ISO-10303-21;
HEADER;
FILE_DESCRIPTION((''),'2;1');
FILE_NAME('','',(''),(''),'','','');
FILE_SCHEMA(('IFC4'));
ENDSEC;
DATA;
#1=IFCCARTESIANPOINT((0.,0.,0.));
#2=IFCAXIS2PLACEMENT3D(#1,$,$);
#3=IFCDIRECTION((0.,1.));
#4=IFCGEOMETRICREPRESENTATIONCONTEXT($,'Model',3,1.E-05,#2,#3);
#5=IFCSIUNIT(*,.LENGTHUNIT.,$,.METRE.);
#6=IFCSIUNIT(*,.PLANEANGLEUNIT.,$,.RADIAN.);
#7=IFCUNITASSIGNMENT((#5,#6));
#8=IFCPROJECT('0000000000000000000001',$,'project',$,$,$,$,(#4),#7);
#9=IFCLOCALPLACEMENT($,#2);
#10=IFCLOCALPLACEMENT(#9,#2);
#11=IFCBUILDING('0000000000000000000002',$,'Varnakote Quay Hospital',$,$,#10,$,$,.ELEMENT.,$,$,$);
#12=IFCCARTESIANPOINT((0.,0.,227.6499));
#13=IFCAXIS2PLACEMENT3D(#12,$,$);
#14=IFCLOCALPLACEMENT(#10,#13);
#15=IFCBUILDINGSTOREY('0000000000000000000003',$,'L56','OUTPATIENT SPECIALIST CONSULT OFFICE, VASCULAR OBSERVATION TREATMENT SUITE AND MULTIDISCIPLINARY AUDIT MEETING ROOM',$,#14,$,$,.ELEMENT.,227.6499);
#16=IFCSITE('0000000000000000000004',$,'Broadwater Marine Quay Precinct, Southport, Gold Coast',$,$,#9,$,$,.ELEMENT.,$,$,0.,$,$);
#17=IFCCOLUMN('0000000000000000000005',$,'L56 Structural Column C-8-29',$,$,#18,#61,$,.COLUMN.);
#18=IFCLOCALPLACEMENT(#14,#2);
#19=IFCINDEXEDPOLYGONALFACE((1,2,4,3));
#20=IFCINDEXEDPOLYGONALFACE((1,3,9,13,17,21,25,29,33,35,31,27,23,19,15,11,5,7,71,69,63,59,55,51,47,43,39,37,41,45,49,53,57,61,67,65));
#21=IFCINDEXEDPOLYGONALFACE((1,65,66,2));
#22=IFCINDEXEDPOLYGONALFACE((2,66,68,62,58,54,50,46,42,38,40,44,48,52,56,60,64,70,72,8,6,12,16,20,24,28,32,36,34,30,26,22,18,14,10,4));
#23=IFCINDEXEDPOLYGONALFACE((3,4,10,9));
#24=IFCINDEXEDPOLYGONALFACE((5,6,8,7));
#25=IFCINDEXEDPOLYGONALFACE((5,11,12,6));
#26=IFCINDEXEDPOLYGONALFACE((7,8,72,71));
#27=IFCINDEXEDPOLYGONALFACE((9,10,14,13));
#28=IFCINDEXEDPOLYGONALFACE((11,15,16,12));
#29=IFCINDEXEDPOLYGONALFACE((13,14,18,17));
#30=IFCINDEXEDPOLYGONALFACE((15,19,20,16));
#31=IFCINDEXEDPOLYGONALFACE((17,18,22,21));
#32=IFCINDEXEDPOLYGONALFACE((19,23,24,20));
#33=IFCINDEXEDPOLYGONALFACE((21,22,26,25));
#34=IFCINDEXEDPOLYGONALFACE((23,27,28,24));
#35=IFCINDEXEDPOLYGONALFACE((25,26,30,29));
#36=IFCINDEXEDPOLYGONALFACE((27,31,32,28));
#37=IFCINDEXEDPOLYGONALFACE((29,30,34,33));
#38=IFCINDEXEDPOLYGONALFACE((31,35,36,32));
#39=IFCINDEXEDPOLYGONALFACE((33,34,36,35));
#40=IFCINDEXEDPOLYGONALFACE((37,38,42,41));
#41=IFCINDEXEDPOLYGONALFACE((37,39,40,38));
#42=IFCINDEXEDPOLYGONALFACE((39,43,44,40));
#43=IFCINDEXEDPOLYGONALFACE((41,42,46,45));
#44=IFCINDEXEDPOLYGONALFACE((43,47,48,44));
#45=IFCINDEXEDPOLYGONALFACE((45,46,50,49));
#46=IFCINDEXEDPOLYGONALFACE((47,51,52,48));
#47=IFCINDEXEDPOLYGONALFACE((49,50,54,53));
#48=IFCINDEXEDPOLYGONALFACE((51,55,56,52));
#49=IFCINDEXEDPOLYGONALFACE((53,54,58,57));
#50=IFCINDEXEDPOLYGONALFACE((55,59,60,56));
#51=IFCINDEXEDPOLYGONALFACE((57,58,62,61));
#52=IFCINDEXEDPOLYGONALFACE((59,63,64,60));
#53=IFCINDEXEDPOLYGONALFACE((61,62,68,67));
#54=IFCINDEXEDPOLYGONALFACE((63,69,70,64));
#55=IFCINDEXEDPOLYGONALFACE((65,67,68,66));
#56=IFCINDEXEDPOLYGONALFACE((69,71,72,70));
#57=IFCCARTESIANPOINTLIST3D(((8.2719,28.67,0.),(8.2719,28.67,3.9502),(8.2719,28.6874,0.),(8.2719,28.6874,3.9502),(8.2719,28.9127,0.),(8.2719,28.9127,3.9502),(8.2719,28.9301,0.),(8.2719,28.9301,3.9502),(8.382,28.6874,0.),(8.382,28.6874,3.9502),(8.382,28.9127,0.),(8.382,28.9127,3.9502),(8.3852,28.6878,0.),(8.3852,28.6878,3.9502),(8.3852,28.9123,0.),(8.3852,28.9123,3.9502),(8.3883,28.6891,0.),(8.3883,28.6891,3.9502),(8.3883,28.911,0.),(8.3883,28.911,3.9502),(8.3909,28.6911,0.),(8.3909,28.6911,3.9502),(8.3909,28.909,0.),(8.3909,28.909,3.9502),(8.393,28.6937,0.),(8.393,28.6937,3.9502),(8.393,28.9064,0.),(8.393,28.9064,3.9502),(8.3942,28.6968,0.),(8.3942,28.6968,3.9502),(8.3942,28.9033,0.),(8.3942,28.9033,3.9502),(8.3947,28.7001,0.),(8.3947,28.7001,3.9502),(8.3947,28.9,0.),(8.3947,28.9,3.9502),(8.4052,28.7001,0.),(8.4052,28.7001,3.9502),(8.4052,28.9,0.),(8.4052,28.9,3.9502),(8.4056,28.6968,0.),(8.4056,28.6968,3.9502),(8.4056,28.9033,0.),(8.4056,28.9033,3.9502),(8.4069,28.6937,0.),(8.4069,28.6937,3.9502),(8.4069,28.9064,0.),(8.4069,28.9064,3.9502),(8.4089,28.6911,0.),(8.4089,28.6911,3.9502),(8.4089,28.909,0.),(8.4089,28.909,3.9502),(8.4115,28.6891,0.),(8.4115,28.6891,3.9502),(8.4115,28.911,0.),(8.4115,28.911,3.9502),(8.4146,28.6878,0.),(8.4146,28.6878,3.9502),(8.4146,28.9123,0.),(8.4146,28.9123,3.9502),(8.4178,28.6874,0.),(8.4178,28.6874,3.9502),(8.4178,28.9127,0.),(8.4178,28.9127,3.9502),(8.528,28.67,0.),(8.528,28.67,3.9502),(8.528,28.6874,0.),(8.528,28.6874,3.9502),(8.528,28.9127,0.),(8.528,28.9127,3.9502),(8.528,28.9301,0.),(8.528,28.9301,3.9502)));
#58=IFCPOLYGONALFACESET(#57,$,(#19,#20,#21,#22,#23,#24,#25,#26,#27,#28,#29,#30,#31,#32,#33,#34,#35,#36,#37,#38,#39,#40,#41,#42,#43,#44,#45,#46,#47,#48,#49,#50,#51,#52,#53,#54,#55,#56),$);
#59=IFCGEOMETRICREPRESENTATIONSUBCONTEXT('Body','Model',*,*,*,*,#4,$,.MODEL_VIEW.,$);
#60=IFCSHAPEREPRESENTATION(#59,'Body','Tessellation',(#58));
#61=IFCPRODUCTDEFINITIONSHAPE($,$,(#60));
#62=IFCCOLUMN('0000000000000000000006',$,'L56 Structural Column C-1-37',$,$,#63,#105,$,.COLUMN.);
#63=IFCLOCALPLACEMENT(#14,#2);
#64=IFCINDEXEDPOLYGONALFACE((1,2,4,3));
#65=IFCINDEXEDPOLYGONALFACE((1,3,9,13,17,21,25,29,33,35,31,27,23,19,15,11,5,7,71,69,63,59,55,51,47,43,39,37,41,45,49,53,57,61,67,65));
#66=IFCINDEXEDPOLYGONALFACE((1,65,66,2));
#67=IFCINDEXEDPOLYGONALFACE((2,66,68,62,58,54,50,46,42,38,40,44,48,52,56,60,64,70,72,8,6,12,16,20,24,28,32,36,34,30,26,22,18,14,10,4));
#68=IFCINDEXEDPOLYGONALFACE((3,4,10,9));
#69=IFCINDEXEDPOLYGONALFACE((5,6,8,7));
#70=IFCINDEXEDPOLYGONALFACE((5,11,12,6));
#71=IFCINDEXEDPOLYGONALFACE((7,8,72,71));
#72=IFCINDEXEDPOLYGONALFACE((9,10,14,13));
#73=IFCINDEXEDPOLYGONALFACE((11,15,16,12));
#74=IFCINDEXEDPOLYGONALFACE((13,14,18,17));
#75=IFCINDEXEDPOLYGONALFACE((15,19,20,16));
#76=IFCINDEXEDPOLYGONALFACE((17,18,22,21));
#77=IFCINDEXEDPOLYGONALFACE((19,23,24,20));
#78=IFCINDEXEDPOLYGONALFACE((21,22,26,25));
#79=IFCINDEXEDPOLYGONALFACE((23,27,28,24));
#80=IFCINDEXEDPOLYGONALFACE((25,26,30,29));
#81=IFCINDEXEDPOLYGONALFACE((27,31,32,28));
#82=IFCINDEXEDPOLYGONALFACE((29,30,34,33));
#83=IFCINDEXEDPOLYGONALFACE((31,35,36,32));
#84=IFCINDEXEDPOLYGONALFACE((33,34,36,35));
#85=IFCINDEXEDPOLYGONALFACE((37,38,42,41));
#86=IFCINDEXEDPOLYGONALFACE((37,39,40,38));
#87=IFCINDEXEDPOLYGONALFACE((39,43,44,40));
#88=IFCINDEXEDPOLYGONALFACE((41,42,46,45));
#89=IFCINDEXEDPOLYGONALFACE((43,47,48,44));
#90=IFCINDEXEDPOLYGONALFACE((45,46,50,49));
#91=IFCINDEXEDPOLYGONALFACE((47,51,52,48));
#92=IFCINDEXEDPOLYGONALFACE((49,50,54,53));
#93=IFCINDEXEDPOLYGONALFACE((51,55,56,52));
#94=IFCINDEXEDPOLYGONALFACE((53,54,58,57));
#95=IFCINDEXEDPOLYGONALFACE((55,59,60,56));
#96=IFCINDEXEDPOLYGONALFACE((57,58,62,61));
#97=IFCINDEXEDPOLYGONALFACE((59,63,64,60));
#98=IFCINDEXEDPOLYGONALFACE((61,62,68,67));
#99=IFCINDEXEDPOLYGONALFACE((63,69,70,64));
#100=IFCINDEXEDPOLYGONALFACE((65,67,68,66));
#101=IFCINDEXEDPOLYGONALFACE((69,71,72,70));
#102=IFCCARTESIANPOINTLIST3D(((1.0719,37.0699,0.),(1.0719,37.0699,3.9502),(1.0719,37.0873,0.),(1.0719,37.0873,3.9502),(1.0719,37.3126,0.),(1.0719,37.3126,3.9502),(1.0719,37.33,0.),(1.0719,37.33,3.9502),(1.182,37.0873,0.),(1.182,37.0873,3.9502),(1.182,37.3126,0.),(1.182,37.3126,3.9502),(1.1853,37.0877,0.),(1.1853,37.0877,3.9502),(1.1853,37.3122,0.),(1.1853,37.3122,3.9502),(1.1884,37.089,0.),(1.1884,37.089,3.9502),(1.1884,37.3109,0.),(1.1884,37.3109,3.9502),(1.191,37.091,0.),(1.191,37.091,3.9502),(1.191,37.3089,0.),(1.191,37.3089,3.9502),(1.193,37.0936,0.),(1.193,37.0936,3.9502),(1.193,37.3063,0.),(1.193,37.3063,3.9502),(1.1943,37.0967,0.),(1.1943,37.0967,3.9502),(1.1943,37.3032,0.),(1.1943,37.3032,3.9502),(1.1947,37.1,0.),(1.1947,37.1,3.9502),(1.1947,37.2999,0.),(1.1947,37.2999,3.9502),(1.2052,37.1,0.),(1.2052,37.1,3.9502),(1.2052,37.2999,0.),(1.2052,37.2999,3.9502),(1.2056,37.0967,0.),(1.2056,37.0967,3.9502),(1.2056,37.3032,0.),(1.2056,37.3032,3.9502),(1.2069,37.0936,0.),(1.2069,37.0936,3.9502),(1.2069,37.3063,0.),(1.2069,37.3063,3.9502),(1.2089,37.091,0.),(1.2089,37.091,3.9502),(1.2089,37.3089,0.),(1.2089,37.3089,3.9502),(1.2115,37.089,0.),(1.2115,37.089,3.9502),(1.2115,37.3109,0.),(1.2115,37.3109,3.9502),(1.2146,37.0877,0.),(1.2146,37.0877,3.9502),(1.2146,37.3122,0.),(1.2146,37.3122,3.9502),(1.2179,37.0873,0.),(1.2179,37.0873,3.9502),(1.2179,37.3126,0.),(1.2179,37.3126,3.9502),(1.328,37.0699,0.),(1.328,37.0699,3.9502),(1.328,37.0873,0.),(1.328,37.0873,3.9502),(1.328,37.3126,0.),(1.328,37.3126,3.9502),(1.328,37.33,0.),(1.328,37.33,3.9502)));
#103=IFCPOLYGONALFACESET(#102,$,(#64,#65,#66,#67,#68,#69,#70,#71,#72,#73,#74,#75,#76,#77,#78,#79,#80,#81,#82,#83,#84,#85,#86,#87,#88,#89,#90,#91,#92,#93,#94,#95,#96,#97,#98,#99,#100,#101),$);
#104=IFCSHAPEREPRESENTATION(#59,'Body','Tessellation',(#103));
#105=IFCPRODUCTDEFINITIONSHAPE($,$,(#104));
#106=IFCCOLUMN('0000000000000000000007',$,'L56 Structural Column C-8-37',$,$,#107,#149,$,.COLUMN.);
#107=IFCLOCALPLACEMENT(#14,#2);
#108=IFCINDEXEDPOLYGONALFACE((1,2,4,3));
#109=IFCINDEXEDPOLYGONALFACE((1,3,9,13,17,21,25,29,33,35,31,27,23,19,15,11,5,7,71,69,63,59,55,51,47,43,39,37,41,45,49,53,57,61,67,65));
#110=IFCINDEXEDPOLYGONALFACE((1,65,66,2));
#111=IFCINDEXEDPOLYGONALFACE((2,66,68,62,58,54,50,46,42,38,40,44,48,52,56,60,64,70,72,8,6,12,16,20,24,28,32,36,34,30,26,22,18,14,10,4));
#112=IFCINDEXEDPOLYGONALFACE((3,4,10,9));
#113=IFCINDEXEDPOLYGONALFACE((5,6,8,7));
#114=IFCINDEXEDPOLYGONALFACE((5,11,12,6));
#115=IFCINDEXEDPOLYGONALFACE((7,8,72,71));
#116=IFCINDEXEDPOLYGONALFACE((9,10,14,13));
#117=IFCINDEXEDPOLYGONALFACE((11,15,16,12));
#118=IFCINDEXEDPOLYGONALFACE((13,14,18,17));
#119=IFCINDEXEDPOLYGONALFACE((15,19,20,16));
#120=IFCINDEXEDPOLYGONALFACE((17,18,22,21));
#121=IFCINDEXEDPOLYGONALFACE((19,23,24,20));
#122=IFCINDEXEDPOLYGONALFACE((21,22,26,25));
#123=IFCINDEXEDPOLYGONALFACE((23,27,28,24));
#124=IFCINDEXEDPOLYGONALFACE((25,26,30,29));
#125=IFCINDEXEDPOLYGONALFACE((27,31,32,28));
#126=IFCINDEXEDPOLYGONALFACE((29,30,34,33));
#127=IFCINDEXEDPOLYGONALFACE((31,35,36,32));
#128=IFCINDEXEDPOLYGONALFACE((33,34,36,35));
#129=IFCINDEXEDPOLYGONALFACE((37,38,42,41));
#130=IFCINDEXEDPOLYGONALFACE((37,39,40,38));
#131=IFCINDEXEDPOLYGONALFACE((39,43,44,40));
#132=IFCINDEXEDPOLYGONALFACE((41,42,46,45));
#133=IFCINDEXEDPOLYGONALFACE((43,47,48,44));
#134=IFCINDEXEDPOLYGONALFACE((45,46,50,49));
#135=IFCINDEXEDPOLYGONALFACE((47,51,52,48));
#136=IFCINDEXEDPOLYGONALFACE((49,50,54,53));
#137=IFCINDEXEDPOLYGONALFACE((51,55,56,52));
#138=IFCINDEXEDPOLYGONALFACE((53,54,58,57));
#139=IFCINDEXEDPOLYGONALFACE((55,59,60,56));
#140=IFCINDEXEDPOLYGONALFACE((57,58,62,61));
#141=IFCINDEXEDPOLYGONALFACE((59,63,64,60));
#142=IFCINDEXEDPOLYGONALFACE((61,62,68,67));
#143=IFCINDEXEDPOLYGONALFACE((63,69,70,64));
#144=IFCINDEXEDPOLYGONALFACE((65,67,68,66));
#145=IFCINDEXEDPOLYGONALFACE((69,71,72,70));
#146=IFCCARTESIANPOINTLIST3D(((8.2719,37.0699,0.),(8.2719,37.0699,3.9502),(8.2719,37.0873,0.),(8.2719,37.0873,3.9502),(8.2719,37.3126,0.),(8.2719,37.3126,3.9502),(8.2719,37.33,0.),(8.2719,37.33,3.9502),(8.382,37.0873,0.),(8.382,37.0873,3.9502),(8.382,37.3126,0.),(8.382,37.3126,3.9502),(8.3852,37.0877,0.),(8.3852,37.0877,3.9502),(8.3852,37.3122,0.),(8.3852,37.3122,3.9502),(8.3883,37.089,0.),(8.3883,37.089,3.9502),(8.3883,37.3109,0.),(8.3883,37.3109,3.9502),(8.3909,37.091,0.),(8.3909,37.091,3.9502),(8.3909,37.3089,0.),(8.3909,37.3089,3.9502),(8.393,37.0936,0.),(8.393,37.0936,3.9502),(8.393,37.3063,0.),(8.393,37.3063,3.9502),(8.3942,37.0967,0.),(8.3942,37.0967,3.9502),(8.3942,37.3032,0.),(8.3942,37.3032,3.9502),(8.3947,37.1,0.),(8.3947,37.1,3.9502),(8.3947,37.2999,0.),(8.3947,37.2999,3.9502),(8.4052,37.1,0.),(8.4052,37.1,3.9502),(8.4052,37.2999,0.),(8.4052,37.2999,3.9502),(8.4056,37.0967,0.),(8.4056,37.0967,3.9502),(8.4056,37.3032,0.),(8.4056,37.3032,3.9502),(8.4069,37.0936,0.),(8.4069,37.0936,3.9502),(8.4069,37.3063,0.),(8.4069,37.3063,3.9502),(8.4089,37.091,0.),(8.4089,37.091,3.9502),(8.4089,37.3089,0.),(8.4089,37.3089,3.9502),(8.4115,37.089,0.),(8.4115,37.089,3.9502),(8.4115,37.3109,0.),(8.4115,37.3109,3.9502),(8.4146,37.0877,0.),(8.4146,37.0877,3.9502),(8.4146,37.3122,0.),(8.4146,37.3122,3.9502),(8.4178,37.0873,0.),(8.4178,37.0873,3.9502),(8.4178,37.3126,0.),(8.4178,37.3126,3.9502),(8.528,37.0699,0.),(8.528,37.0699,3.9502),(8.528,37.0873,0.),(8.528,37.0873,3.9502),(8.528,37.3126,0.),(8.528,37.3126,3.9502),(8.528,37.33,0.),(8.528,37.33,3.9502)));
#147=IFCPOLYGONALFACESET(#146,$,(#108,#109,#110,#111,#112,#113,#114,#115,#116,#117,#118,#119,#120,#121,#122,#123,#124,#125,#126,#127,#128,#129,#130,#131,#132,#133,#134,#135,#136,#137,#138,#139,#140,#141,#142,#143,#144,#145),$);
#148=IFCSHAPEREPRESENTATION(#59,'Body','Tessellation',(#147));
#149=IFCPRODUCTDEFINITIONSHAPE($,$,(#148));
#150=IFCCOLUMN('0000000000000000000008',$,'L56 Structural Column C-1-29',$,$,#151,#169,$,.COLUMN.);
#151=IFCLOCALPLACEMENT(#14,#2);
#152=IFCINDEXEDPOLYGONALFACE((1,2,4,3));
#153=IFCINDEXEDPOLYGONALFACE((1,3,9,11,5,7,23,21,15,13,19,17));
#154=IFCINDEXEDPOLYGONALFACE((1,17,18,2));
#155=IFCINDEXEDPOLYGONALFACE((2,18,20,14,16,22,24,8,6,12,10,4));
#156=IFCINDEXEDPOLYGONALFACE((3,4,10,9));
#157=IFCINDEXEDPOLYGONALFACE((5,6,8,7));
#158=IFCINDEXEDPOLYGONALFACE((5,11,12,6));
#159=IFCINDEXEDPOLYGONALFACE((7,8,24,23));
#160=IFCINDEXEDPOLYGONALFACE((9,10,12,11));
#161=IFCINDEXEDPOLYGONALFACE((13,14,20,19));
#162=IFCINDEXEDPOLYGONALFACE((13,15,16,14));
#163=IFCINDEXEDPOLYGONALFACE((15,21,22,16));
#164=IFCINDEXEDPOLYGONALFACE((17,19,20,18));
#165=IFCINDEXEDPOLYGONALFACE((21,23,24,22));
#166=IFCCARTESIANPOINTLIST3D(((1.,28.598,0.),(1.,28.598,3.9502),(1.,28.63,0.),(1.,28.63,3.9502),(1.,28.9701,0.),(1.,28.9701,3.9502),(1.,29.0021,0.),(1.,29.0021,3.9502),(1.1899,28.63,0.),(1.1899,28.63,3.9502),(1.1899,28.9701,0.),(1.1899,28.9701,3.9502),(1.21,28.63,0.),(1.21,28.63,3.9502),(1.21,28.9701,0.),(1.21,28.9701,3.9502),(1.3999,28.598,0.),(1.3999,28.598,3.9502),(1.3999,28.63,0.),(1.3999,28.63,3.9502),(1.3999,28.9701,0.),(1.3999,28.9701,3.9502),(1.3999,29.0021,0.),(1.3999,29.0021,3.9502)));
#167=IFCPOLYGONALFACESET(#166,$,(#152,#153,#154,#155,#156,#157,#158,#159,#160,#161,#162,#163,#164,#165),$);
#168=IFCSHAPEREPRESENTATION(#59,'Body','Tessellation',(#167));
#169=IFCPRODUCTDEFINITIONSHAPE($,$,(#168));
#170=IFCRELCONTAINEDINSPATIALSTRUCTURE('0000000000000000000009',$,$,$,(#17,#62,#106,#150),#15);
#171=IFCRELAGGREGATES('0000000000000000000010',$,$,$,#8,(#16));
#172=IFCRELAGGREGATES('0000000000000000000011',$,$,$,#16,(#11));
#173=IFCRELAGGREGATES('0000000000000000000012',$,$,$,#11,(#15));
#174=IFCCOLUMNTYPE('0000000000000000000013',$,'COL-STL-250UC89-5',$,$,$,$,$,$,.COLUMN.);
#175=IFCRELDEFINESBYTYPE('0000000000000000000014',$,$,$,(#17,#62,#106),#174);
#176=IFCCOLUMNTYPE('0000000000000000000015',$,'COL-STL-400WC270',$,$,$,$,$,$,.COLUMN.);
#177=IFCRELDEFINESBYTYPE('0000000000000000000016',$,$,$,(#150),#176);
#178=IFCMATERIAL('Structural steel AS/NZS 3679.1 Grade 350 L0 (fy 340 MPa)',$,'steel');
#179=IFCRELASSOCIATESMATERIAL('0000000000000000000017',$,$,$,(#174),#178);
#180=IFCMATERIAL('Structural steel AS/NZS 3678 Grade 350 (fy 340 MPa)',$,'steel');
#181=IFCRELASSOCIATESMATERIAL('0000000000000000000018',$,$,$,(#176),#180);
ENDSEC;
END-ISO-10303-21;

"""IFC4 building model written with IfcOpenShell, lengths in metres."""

from ifc_helpers import new_model, si_unit, direction, frame, origin, origin_2d, place, context, subcontext, project, spatial, i_section, extrude, material, material_profile, profile_set, type_object, element, save


model = new_model("IFC4")

# Units and contexts
model_context = context("Model", 3, precision=1e-05, world=origin(), true_north=direction((0.0, 1.0)))
body_context = subcontext(model_context, "Body", "Model", "MODEL_VIEW")
ifc_project = project(units=[si_unit("LENGTHUNIT", "METRE"), si_unit("PLANEANGLEUNIT", "RADIAN")], contexts=[model_context])

# Site, building, storey
site_placement = place(None, origin())
site = spatial("IfcSite", under=ifc_project, at=site_placement, Name="Broadwater Marine Quay Precinct, Southport, Gold Coast", CompositionType="ELEMENT", RefElevation=0.0)
building_placement = place(site_placement, origin())
building = spatial("IfcBuilding", under=site, at=building_placement, Name="Varnakote Quay Hospital", CompositionType="ELEMENT")
storey_placement = place(building_placement, frame((0.0, 0.0, 227.6499)))
storey = spatial("IfcBuildingStorey", under=building, at=storey_placement, Name="L56", Description="OUTPATIENT SPECIALIST CONSULT OFFICE, VASCULAR OBSERVATION TREATMENT SUITE AND MULTIDISCIPLINARY AUDIT MEETING ROOM", CompositionType="ELEMENT", Elevation=227.6499)

# Columns
ifc_material_1 = material(Name="Structural steel AS/NZS 3679.1 Grade 350 L0 (fy 340 MPa)", Category="steel")
ifc_material_profile_1 = material_profile(ifc_material_1, i_section(OverallWidth=0.2561, OverallDepth=0.26, WebThickness=0.0105, FlangeThickness=0.0173, FilletRadius=0.0127, at=origin_2d()), Name="250UC89.5")
ifc_profile_set_1 = profile_set([ifc_material_profile_1], Name="Structural steel AS/NZS 3679.1 Grade 350 L0 (fy 340 MPa)")
column_type_1 = type_object("IfcColumnType", Name="COL-STL-250UC89-5", PredefinedType="COLUMN", material=ifc_profile_set_1)
for number, where, z_axis, x_axis, name in (
    (1, (8.3999, 28.8, 0.0), (0.0, 0.0, 1.0), (1.0, 0.0, 0.0), "L56 Structural Column C-8-29"),
    (2, (1.2, 37.2, 0.0), (0.0, 0.0, 1.0), (1.0, 0.0, 0.0), "L56 Structural Column C-1-37"),
    (3, (8.3999, 37.2, 0.0), (0.0, 0.0, 1.0), (1.0, 0.0, 0.0), "L56 Structural Column C-8-37"),
):
    element("IfcColumn", number, at=place(storey_placement, frame(where, z_axis=z_axis, x_axis=x_axis)), inside=storey, type_object=column_type_1, Name=name, PredefinedType="COLUMN", context=body_context, shape_type="SweptSolid", body=[
        extrude(i_section(OverallWidth=0.2561, OverallDepth=0.26, WebThickness=0.0105, FlangeThickness=0.0173, FilletRadius=0.0127, at=origin_2d()), origin(), (0.0, 0.0, 1.0), 3.9502),
    ])
ifc_material_2 = material(Name="Structural steel AS/NZS 3678 Grade 350 (fy 340 MPa)", Category="steel")
ifc_material_profile_2 = material_profile(ifc_material_2, i_section(OverallWidth=0.3999, OverallDepth=0.4041, WebThickness=0.02, FlangeThickness=0.032, at=origin_2d()), Name="400WC270")
ifc_profile_set_2 = profile_set([ifc_material_profile_2], Name="Structural steel AS/NZS 3678 Grade 350 (fy 340 MPa)")
column_type_2 = type_object("IfcColumnType", Name="COL-STL-400WC270", PredefinedType="COLUMN", material=ifc_profile_set_2)
column_placement = place(storey_placement, frame((1.2, 28.8, 0.0), z_axis=(0.0, 0.0, 1.0), x_axis=(1.0, 0.0, 0.0)))
element("IfcColumn", 4, at=column_placement, inside=storey, type_object=column_type_2, Name="L56 Structural Column C-1-29", PredefinedType="COLUMN", context=body_context, shape_type="SweptSolid", body=[
    extrude(i_section(OverallWidth=0.3999, OverallDepth=0.4041, WebThickness=0.02, FlangeThickness=0.032, at=origin_2d()), origin(), (0.0, 0.0, 1.0), 3.9502),
])

save(model, "model.ifc")
